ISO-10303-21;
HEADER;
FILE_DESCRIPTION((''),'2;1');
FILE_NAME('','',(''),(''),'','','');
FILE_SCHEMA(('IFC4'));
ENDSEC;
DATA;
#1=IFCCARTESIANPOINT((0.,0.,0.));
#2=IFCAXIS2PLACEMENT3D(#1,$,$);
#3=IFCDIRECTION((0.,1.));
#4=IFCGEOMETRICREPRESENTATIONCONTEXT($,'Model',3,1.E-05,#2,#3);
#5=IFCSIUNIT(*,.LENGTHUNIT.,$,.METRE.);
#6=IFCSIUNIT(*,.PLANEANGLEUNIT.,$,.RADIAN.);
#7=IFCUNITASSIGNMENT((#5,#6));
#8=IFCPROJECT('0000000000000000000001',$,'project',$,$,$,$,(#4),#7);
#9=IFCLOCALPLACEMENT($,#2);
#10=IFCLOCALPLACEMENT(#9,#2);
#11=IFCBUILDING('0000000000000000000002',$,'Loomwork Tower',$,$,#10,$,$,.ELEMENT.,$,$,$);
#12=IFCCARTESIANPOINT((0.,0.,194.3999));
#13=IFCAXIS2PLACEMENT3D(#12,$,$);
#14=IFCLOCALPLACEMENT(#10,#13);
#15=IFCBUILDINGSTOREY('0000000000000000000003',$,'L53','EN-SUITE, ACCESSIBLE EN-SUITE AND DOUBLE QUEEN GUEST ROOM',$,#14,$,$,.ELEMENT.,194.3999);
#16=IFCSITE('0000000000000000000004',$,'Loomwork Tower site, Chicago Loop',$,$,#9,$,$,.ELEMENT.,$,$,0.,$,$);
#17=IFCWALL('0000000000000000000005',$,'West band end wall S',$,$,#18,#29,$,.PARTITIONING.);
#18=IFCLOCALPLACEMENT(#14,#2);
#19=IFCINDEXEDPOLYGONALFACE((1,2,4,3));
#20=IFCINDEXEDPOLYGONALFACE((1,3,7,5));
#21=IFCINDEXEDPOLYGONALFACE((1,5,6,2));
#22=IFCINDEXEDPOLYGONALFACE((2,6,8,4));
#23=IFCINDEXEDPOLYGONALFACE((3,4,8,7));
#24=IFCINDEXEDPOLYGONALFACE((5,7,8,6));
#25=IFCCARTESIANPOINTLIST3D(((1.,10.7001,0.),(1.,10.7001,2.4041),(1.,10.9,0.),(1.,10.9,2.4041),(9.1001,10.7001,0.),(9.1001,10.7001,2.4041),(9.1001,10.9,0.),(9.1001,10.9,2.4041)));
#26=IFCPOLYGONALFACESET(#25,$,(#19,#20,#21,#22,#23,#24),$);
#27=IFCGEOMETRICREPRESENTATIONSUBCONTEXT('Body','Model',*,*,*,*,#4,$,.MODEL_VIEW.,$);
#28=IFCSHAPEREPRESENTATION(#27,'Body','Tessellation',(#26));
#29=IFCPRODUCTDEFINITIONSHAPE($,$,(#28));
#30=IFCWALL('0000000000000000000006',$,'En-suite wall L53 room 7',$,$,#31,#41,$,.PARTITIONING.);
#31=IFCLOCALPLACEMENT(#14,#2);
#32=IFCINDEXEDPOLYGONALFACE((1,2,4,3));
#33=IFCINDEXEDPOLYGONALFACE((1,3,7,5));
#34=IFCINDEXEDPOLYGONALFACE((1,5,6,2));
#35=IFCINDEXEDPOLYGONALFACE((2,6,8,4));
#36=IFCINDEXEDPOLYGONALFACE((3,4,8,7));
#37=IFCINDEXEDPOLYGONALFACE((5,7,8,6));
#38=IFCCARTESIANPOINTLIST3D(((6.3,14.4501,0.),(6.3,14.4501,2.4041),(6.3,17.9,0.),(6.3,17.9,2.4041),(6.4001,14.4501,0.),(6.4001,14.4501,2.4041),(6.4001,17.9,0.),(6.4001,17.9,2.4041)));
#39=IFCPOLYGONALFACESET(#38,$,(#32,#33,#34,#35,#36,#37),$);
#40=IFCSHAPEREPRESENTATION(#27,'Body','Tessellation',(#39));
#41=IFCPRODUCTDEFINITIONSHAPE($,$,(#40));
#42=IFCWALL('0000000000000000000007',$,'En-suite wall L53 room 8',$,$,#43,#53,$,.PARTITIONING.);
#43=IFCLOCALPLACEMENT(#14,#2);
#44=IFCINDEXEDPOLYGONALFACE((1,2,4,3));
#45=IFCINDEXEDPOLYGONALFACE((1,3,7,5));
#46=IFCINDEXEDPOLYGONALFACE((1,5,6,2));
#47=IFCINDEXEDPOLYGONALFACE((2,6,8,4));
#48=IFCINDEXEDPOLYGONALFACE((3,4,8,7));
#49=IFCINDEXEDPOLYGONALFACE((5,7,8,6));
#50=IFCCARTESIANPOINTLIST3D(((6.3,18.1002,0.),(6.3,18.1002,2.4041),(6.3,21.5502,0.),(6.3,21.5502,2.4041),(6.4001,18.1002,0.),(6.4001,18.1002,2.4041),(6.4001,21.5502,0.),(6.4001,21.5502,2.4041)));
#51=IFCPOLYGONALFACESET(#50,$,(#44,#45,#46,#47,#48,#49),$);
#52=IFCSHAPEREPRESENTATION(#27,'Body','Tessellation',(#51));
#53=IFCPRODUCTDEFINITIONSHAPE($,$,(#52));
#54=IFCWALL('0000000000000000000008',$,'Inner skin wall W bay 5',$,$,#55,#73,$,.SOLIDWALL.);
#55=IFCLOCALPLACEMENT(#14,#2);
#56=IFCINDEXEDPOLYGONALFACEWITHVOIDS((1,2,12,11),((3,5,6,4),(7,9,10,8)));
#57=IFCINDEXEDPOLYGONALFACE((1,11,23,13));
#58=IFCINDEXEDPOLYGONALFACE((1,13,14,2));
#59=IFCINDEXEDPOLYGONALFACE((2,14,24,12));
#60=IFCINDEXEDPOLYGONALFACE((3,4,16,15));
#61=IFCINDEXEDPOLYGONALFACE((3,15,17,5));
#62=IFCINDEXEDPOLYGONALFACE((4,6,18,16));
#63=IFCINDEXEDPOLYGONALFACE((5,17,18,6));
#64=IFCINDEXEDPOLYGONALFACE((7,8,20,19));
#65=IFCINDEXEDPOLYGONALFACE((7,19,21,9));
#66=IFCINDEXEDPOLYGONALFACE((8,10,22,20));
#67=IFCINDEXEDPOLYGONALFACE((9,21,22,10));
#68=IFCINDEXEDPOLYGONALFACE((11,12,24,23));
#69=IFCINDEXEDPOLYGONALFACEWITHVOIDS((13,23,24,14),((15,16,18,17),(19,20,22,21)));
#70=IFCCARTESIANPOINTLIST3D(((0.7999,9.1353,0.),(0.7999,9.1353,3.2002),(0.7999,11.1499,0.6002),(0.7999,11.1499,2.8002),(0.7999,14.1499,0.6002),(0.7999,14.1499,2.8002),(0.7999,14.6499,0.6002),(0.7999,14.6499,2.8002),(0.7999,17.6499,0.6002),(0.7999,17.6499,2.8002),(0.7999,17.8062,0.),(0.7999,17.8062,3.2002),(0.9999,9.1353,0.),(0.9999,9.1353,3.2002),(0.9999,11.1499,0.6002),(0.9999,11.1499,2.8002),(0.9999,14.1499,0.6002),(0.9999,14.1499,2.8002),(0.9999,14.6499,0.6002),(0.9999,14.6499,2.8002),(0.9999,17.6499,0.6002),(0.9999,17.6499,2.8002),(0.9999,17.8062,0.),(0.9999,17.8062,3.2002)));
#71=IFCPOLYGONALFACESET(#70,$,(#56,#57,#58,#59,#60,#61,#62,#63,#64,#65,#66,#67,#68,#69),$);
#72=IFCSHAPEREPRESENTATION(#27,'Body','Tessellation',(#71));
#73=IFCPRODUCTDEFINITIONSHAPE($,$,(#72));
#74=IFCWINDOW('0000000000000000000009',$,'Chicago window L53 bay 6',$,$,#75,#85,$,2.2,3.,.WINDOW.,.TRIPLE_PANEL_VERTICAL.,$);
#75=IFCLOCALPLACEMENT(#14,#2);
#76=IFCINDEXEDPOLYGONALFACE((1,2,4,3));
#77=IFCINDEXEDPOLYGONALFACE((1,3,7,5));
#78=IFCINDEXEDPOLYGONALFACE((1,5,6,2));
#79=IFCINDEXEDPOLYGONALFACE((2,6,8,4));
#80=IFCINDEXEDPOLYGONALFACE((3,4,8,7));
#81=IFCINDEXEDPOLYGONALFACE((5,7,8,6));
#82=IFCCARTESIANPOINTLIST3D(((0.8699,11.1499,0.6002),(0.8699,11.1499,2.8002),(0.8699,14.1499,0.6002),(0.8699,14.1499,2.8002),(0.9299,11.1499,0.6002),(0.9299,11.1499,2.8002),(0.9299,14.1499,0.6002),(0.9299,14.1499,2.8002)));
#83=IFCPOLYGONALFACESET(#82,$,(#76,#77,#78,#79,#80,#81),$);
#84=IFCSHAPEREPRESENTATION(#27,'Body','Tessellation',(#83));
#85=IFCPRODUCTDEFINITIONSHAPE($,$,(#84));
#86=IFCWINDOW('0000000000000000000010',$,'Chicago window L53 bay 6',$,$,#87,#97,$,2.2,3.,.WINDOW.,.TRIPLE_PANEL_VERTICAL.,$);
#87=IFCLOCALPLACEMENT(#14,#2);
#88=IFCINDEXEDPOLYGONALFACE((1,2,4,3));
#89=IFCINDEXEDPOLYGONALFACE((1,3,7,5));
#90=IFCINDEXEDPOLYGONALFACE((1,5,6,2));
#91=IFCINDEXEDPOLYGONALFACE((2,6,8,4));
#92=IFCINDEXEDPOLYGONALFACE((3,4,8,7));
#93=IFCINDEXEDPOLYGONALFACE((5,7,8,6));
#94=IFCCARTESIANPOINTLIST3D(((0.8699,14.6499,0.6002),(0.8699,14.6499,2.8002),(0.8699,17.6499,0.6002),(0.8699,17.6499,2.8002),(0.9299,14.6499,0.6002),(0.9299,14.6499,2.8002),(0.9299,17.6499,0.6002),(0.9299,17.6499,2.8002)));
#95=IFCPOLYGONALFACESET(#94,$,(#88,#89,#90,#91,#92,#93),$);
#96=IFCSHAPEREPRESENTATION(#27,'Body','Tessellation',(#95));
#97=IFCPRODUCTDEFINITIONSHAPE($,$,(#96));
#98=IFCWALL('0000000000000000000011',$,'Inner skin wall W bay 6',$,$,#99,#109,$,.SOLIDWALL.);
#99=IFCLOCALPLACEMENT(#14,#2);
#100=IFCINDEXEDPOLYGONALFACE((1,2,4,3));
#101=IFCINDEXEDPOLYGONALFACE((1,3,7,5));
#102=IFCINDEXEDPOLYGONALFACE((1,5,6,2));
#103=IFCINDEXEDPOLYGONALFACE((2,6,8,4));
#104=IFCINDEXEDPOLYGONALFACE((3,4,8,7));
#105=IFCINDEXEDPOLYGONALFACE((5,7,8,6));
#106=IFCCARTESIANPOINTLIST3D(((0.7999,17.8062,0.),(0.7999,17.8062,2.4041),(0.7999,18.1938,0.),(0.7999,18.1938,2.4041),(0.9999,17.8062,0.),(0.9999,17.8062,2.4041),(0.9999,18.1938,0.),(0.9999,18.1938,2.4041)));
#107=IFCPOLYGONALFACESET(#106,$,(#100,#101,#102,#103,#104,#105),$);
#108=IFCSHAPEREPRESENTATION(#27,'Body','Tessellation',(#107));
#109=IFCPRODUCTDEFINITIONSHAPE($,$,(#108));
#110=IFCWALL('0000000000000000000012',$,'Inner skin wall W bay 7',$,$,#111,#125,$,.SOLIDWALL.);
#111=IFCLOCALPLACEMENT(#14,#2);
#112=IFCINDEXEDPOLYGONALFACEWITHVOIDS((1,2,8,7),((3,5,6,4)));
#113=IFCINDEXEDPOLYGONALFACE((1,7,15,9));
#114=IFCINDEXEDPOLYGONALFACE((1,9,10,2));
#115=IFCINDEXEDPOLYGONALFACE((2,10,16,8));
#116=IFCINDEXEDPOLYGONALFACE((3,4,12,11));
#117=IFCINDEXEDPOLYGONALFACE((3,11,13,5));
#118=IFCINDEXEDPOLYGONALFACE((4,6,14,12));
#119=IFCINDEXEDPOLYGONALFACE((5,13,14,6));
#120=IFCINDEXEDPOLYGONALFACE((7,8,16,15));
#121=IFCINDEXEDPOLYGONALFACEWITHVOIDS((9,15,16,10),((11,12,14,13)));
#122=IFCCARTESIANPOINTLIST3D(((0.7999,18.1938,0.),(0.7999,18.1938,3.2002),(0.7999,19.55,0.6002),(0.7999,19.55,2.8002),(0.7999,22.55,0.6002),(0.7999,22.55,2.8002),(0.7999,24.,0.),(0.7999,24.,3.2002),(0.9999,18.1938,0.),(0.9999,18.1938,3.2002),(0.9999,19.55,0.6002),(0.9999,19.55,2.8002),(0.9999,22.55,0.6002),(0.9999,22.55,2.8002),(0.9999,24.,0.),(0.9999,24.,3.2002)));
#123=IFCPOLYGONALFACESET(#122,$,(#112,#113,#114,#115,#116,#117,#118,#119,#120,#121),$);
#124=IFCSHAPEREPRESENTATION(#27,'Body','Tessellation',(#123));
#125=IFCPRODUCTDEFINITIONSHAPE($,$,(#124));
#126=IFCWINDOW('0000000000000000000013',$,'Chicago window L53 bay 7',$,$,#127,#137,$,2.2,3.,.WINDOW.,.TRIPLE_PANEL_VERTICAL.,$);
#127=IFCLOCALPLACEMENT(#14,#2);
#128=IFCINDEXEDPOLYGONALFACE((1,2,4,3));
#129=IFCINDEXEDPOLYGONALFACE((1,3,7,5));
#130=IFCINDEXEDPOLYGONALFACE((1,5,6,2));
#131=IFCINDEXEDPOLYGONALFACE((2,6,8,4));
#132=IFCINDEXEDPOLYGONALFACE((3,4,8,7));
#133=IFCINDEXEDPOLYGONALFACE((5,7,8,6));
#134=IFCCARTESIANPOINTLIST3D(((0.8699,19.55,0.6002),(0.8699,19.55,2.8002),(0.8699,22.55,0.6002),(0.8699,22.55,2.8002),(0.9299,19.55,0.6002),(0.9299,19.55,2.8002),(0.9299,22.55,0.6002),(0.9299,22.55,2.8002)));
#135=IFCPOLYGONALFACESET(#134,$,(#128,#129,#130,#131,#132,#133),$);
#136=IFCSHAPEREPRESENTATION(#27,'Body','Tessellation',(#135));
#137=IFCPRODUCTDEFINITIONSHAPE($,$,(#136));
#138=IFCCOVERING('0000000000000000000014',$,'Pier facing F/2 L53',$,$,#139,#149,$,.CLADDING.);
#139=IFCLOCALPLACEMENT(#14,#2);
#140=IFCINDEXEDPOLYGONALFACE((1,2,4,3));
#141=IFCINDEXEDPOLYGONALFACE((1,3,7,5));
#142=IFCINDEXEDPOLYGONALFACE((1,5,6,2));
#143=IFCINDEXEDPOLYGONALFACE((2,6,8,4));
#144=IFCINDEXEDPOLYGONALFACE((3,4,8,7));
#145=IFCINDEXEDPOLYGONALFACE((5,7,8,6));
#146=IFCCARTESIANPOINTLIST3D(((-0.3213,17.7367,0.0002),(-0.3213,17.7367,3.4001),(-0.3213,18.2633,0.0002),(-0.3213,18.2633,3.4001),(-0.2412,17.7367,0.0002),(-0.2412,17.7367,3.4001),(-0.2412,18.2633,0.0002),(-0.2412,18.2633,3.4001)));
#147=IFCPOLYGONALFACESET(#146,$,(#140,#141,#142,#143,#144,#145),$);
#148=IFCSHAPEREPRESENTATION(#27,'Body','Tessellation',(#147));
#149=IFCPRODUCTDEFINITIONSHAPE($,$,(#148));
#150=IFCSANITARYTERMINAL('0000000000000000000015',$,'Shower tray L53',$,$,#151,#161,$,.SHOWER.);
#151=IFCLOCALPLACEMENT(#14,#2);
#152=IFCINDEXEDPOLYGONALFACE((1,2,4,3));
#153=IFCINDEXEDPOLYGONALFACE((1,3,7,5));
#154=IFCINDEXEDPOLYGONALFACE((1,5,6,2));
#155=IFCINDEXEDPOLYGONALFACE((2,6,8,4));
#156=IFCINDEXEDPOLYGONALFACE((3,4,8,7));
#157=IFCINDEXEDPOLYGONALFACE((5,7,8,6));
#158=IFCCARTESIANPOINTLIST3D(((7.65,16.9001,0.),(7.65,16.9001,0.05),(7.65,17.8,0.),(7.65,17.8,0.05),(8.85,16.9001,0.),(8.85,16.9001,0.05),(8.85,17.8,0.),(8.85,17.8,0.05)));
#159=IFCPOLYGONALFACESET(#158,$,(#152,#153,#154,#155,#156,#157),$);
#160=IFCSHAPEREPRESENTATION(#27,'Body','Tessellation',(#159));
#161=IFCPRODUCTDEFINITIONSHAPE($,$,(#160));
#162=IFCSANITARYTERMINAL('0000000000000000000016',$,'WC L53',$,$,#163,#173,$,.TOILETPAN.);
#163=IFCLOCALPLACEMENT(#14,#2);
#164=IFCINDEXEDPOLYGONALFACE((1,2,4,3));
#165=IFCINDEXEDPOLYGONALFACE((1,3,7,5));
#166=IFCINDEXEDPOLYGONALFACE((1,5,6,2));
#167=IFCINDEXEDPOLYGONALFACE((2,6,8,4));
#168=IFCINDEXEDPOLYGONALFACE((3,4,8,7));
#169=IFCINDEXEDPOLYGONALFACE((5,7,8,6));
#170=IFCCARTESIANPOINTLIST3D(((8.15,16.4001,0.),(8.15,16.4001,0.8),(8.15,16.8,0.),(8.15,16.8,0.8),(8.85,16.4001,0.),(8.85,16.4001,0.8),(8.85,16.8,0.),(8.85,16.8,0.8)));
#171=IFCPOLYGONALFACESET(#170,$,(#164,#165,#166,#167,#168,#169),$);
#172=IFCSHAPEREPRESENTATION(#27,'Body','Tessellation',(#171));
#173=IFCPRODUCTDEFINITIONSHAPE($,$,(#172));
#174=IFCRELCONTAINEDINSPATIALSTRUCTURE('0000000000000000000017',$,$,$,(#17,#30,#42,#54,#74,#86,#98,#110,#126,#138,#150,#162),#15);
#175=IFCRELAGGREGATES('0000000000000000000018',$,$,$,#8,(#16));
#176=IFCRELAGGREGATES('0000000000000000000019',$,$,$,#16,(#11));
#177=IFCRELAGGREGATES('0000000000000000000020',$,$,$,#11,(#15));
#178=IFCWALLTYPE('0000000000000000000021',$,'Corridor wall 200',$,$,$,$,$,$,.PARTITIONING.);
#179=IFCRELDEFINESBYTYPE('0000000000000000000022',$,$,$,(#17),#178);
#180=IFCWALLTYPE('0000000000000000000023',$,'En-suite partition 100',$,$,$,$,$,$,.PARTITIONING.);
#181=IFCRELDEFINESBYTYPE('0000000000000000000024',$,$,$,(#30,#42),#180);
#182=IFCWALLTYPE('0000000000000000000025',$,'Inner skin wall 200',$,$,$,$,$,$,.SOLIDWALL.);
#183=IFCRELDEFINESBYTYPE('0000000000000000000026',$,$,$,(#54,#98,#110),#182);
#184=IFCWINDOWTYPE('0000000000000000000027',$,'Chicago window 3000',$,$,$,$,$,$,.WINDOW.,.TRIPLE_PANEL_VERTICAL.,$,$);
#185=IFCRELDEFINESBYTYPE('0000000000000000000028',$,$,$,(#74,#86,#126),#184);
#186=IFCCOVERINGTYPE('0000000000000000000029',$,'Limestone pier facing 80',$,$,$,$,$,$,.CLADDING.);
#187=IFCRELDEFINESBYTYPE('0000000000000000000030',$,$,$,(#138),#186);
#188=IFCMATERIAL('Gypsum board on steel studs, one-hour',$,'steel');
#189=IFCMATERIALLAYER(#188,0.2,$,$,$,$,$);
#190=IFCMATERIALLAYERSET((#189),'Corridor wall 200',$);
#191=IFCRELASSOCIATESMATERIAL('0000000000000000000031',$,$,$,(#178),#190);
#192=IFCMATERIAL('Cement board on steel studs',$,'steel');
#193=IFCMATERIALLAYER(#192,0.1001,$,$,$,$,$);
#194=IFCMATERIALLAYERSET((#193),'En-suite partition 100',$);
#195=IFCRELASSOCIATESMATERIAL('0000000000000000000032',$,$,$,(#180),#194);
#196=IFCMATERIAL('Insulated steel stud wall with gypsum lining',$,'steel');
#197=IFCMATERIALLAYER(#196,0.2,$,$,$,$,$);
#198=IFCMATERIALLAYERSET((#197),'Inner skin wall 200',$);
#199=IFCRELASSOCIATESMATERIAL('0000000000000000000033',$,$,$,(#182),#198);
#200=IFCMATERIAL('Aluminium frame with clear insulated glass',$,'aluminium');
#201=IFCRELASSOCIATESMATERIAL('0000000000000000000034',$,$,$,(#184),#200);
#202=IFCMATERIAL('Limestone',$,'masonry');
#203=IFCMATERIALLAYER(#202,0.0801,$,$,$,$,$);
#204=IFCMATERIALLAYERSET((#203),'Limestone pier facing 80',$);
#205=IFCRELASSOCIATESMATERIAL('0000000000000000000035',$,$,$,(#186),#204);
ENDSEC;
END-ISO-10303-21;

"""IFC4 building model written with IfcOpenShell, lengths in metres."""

from ifc_helpers import new_model, si_unit, direction, frame, frame_2d, origin, origin_2d, place, context, subcontext, project, spatial, rectangle, extrude, material, layer, layer_set, type_object, element, fill, save


model = new_model("IFC4")

# Units and contexts
model_context = context("Model", 3, precision=1e-05, world=origin(), true_north=direction((0.0, 1.0)))
body_context = subcontext(model_context, "Body", "Model", "MODEL_VIEW")
ifc_project = project(units=[si_unit("LENGTHUNIT", "METRE"), si_unit("PLANEANGLEUNIT", "RADIAN")], contexts=[model_context])

# Site, building, storey
site_placement = place(None, origin())
site = spatial("IfcSite", under=ifc_project, at=site_placement, Name="Loomwork Tower site, Chicago Loop", CompositionType="ELEMENT", RefElevation=0.0)
building_placement = place(site_placement, origin())
building = spatial("IfcBuilding", under=site, at=building_placement, Name="Loomwork Tower", CompositionType="ELEMENT")
storey_placement = place(building_placement, frame((0.0, 0.0, 194.3999)))
storey = spatial("IfcBuildingStorey", under=building, at=storey_placement, Name="L53", Description="EN-SUITE, ACCESSIBLE EN-SUITE AND DOUBLE QUEEN GUEST ROOM", CompositionType="ELEMENT", Elevation=194.3999)

# Walls
ifc_material_1 = material(Name="Gypsum board on steel studs, one-hour", Category="steel")
ifc_layer_1 = layer(ifc_material_1, 0.2)
ifc_layer_set_1 = layer_set([ifc_layer_1], Name="Corridor wall 200")
wall_type_1 = type_object("IfcWallType", Name="Corridor wall 200", PredefinedType="PARTITIONING", material=ifc_layer_set_1)
wall_1_placement = place(storey_placement, frame((1.0, 10.8, 0.0), z_axis=(0.0, 0.0, 1.0), x_axis=(1.0, 0.0, 0.0)))
element("IfcWall", 1, at=wall_1_placement, inside=storey, type_object=wall_type_1, Name="West band end wall S", PredefinedType="PARTITIONING", context=body_context, shape_type="SweptSolid", body=[
    extrude(rectangle(XDim=8.1001, YDim=0.2, at=frame_2d((4.05, 0.0))), origin(), (0.0, 0.0, 1.0), 2.4041),
])
ifc_material_2 = material(Name="Cement board on steel studs", Category="steel")
ifc_layer_2 = layer(ifc_material_2, 0.1001)
ifc_layer_set_2 = layer_set([ifc_layer_2], Name="En-suite partition 100")
wall_type_2 = type_object("IfcWallType", Name="En-suite partition 100", PredefinedType="PARTITIONING", material=ifc_layer_set_2)
for number, where, z_axis, x_axis, name in (
    (2, (6.3501, 14.45, 0.0), (0.0, 0.0, 1.0), (0.0, 1.0, 0.0), "En-suite wall L53 room 7"),
    (3, (6.3501, 18.1001, 0.0), (0.0, 0.0, 1.0), (0.0, 1.0, 0.0), "En-suite wall L53 room 8"),
):
    element("IfcWall", number, at=place(storey_placement, frame(where, z_axis=z_axis, x_axis=x_axis)), inside=storey, type_object=wall_type_2, Name=name, PredefinedType="PARTITIONING", context=body_context, shape_type="SweptSolid", body=[
        extrude(rectangle(XDim=3.45, YDim=0.1001, at=frame_2d((1.7251, 0.0))), origin(), (0.0, 0.0, 1.0), 2.4041),
    ])

# Wall, openings, windows
ifc_material_3 = material(Name="Insulated steel stud wall with gypsum lining", Category="steel")
ifc_layer_3 = layer(ifc_material_3, 0.2)
ifc_layer_set_3 = layer_set([ifc_layer_3], Name="Inner skin wall 200")
wall_type_3 = type_object("IfcWallType", Name="Inner skin wall 200", PredefinedType="SOLIDWALL", material=ifc_layer_set_3)
wall_2_placement = place(storey_placement, frame((0.8999, 9.1353, 0.0), z_axis=(0.0, 0.0, 1.0), x_axis=(0.0, 1.0, 0.0)))
wall_2 = element("IfcWall", 4, at=wall_2_placement, inside=storey, type_object=wall_type_3, Name="Inner skin wall W bay 5", PredefinedType="SOLIDWALL", context=body_context, shape_type="SweptSolid", body=[
    extrude(rectangle(XDim=8.6709, YDim=0.2, at=frame_2d((4.3354, 0.0))), origin(), (0.0, 0.0, 1.0), 3.2002),
])
opening_1_placement = place(wall_2_placement, frame((2.0146, 0.0, 0.6001)))
opening_1 = element("IfcOpeningElement", 5, at=opening_1_placement, cuts=wall_2, PredefinedType="OPENING", context=body_context, shape_type="SweptSolid", body=[
    extrude(rectangle(XDim=3.0, YDim=2.2, at=frame_2d((1.5, 1.1001))), frame((0.0, 0.1099, 0.0), z_axis=(0.0, -1.0, 0.0), x_axis=(1.0, 0.0, 0.0)), (0.0, 0.0, 1.0), 0.22),
])
opening_2_placement = place(wall_2_placement, frame((5.5146, 0.0, 0.6001)))
opening_2 = element("IfcOpeningElement", 6, at=opening_2_placement, cuts=wall_2, PredefinedType="OPENING", context=body_context, shape_type="SweptSolid", body=[
    extrude(rectangle(XDim=3.0, YDim=2.2, at=frame_2d((1.5, 1.1001))), frame((0.0, 0.1099, 0.0), z_axis=(0.0, -1.0, 0.0), x_axis=(1.0, 0.0, 0.0)), (0.0, 0.0, 1.0), 0.22),
])
ifc_material_4 = material(Name="Aluminium frame with clear insulated glass", Category="aluminium")
window_type = type_object("IfcWindowType", Name="Chicago window 3000", PartitioningType="TRIPLE_PANEL_VERTICAL", PredefinedType="WINDOW", material=ifc_material_4)
window_1_placement = place(opening_1_placement, origin())
window_1 = element("IfcWindow", 7, at=window_1_placement, inside=storey, type_object=window_type, Name="Chicago window L53 bay 6", OverallHeight=2.2, OverallWidth=3.0, PartitioningType="TRIPLE_PANEL_VERTICAL", PredefinedType="WINDOW", context=body_context, shape_type="SweptSolid", body=[
    extrude(rectangle(XDim=3.0, YDim=2.2, at=frame_2d((1.5, 1.1001))), frame((0.0, 0.03, 0.0), z_axis=(0.0, -1.0, 0.0), x_axis=(1.0, 0.0, 0.0)), (0.0, 0.0, 1.0), 0.0601),
])
fill(opening_1, window_1)
window_2_placement = place(opening_2_placement, origin())
window_2 = element("IfcWindow", 8, at=window_2_placement, inside=storey, type_object=window_type, Name="Chicago window L53 bay 6", OverallHeight=2.2, OverallWidth=3.0, PartitioningType="TRIPLE_PANEL_VERTICAL", PredefinedType="WINDOW", context=body_context, shape_type="SweptSolid", body=[
    extrude(rectangle(XDim=3.0, YDim=2.2, at=frame_2d((1.5, 1.1001))), frame((0.0, 0.03, 0.0), z_axis=(0.0, -1.0, 0.0), x_axis=(1.0, 0.0, 0.0)), (0.0, 0.0, 1.0), 0.0601),
])
fill(opening_2, window_2)

# Wall
wall_3_placement = place(storey_placement, frame((0.8999, 17.8062, 0.0), z_axis=(0.0, 0.0, 1.0), x_axis=(0.0, 1.0, 0.0)))
element("IfcWall", 9, at=wall_3_placement, inside=storey, type_object=wall_type_3, Name="Inner skin wall W bay 6", PredefinedType="SOLIDWALL", context=body_context, shape_type="SweptSolid", body=[
    extrude(rectangle(XDim=0.3877, YDim=0.2, at=frame_2d((0.1938, 0.0))), origin(), (0.0, 0.0, 1.0), 2.4041),
])

# Wall, opening, window
wall_4_placement = place(storey_placement, frame((0.8999, 18.1938, 0.0), z_axis=(0.0, 0.0, 1.0), x_axis=(0.0, 1.0, 0.0)))
wall_4 = element("IfcWall", 10, at=wall_4_placement, inside=storey, type_object=wall_type_3, Name="Inner skin wall W bay 7", PredefinedType="SOLIDWALL", context=body_context, shape_type="SweptSolid", body=[
    extrude(rectangle(XDim=5.8062, YDim=0.2, at=frame_2d((2.9031, 0.0))), origin(), (0.0, 0.0, 1.0), 3.2002),
])
opening_3_placement = place(wall_4_placement, frame((1.3562, 0.0, 0.6001)))
opening_3 = element("IfcOpeningElement", 11, at=opening_3_placement, cuts=wall_4, PredefinedType="OPENING", context=body_context, shape_type="SweptSolid", body=[
    extrude(rectangle(XDim=3.0, YDim=2.2, at=frame_2d((1.5, 1.1001))), frame((0.0, 0.1099, 0.0), z_axis=(0.0, -1.0, 0.0), x_axis=(1.0, 0.0, 0.0)), (0.0, 0.0, 1.0), 0.22),
])
window_3_placement = place(opening_3_placement, origin())
window_3 = element("IfcWindow", 12, at=window_3_placement, inside=storey, type_object=window_type, Name="Chicago window L53 bay 7", OverallHeight=2.2, OverallWidth=3.0, PartitioningType="TRIPLE_PANEL_VERTICAL", PredefinedType="WINDOW", context=body_context, shape_type="SweptSolid", body=[
    extrude(rectangle(XDim=3.0, YDim=2.2, at=frame_2d((1.5, 1.1001))), frame((0.0, 0.03, 0.0), z_axis=(0.0, -1.0, 0.0), x_axis=(1.0, 0.0, 0.0)), (0.0, 0.0, 1.0), 0.0601),
])
fill(opening_3, window_3)

# Covering
ifc_material_5 = material(Name="Limestone", Category="masonry")
ifc_layer_4 = layer(ifc_material_5, 0.0801)
ifc_layer_set_4 = layer_set([ifc_layer_4], Name="Limestone pier facing 80")
covering_type = type_object("IfcCoveringType", Name="Limestone pier facing 80", PredefinedType="CLADDING", material=ifc_layer_set_4)
covering_placement = place(storey_placement, frame((-0.2812, 18.0, 0.0002), z_axis=(0.0, 0.0, 1.0), x_axis=(1.0, 0.0, 0.0)))
element("IfcCovering", 13, at=covering_placement, inside=storey, type_object=covering_type, Name="Pier facing F/2 L53", PredefinedType="CLADDING", context=body_context, shape_type="SweptSolid", body=[
    extrude(rectangle(XDim=0.0801, YDim=0.5266, at=origin_2d()), origin(), (0.0, 0.0, 1.0), 3.3999),
])

# Sanitary terminals
sanitary_terminal_1_placement = place(storey_placement, frame((8.25, 17.3501, 0.0), z_axis=(0.0, 0.0, 1.0), x_axis=(1.0, 0.0, 0.0)))
element("IfcSanitaryTerminal", 14, at=sanitary_terminal_1_placement, inside=storey, Name="Shower tray L53", PredefinedType="SHOWER", context=body_context, shape_type="SweptSolid", body=[
    extrude(rectangle(XDim=1.2, YDim=0.8999, at=origin_2d()), origin(), (0.0, 0.0, 1.0), 0.05),
])
sanitary_terminal_2_placement = place(storey_placement, frame((8.5, 16.6001, 0.0), z_axis=(0.0, 0.0, 1.0), x_axis=(1.0, 0.0, 0.0)))
element("IfcSanitaryTerminal", 15, at=sanitary_terminal_2_placement, inside=storey, Name="WC L53", PredefinedType="TOILETPAN", context=body_context, shape_type="SweptSolid", body=[
    extrude(rectangle(XDim=0.7, YDim=0.3999, at=origin_2d()), origin(), (0.0, 0.0, 1.0), 0.8),
])

save(model, "model.ifc")
